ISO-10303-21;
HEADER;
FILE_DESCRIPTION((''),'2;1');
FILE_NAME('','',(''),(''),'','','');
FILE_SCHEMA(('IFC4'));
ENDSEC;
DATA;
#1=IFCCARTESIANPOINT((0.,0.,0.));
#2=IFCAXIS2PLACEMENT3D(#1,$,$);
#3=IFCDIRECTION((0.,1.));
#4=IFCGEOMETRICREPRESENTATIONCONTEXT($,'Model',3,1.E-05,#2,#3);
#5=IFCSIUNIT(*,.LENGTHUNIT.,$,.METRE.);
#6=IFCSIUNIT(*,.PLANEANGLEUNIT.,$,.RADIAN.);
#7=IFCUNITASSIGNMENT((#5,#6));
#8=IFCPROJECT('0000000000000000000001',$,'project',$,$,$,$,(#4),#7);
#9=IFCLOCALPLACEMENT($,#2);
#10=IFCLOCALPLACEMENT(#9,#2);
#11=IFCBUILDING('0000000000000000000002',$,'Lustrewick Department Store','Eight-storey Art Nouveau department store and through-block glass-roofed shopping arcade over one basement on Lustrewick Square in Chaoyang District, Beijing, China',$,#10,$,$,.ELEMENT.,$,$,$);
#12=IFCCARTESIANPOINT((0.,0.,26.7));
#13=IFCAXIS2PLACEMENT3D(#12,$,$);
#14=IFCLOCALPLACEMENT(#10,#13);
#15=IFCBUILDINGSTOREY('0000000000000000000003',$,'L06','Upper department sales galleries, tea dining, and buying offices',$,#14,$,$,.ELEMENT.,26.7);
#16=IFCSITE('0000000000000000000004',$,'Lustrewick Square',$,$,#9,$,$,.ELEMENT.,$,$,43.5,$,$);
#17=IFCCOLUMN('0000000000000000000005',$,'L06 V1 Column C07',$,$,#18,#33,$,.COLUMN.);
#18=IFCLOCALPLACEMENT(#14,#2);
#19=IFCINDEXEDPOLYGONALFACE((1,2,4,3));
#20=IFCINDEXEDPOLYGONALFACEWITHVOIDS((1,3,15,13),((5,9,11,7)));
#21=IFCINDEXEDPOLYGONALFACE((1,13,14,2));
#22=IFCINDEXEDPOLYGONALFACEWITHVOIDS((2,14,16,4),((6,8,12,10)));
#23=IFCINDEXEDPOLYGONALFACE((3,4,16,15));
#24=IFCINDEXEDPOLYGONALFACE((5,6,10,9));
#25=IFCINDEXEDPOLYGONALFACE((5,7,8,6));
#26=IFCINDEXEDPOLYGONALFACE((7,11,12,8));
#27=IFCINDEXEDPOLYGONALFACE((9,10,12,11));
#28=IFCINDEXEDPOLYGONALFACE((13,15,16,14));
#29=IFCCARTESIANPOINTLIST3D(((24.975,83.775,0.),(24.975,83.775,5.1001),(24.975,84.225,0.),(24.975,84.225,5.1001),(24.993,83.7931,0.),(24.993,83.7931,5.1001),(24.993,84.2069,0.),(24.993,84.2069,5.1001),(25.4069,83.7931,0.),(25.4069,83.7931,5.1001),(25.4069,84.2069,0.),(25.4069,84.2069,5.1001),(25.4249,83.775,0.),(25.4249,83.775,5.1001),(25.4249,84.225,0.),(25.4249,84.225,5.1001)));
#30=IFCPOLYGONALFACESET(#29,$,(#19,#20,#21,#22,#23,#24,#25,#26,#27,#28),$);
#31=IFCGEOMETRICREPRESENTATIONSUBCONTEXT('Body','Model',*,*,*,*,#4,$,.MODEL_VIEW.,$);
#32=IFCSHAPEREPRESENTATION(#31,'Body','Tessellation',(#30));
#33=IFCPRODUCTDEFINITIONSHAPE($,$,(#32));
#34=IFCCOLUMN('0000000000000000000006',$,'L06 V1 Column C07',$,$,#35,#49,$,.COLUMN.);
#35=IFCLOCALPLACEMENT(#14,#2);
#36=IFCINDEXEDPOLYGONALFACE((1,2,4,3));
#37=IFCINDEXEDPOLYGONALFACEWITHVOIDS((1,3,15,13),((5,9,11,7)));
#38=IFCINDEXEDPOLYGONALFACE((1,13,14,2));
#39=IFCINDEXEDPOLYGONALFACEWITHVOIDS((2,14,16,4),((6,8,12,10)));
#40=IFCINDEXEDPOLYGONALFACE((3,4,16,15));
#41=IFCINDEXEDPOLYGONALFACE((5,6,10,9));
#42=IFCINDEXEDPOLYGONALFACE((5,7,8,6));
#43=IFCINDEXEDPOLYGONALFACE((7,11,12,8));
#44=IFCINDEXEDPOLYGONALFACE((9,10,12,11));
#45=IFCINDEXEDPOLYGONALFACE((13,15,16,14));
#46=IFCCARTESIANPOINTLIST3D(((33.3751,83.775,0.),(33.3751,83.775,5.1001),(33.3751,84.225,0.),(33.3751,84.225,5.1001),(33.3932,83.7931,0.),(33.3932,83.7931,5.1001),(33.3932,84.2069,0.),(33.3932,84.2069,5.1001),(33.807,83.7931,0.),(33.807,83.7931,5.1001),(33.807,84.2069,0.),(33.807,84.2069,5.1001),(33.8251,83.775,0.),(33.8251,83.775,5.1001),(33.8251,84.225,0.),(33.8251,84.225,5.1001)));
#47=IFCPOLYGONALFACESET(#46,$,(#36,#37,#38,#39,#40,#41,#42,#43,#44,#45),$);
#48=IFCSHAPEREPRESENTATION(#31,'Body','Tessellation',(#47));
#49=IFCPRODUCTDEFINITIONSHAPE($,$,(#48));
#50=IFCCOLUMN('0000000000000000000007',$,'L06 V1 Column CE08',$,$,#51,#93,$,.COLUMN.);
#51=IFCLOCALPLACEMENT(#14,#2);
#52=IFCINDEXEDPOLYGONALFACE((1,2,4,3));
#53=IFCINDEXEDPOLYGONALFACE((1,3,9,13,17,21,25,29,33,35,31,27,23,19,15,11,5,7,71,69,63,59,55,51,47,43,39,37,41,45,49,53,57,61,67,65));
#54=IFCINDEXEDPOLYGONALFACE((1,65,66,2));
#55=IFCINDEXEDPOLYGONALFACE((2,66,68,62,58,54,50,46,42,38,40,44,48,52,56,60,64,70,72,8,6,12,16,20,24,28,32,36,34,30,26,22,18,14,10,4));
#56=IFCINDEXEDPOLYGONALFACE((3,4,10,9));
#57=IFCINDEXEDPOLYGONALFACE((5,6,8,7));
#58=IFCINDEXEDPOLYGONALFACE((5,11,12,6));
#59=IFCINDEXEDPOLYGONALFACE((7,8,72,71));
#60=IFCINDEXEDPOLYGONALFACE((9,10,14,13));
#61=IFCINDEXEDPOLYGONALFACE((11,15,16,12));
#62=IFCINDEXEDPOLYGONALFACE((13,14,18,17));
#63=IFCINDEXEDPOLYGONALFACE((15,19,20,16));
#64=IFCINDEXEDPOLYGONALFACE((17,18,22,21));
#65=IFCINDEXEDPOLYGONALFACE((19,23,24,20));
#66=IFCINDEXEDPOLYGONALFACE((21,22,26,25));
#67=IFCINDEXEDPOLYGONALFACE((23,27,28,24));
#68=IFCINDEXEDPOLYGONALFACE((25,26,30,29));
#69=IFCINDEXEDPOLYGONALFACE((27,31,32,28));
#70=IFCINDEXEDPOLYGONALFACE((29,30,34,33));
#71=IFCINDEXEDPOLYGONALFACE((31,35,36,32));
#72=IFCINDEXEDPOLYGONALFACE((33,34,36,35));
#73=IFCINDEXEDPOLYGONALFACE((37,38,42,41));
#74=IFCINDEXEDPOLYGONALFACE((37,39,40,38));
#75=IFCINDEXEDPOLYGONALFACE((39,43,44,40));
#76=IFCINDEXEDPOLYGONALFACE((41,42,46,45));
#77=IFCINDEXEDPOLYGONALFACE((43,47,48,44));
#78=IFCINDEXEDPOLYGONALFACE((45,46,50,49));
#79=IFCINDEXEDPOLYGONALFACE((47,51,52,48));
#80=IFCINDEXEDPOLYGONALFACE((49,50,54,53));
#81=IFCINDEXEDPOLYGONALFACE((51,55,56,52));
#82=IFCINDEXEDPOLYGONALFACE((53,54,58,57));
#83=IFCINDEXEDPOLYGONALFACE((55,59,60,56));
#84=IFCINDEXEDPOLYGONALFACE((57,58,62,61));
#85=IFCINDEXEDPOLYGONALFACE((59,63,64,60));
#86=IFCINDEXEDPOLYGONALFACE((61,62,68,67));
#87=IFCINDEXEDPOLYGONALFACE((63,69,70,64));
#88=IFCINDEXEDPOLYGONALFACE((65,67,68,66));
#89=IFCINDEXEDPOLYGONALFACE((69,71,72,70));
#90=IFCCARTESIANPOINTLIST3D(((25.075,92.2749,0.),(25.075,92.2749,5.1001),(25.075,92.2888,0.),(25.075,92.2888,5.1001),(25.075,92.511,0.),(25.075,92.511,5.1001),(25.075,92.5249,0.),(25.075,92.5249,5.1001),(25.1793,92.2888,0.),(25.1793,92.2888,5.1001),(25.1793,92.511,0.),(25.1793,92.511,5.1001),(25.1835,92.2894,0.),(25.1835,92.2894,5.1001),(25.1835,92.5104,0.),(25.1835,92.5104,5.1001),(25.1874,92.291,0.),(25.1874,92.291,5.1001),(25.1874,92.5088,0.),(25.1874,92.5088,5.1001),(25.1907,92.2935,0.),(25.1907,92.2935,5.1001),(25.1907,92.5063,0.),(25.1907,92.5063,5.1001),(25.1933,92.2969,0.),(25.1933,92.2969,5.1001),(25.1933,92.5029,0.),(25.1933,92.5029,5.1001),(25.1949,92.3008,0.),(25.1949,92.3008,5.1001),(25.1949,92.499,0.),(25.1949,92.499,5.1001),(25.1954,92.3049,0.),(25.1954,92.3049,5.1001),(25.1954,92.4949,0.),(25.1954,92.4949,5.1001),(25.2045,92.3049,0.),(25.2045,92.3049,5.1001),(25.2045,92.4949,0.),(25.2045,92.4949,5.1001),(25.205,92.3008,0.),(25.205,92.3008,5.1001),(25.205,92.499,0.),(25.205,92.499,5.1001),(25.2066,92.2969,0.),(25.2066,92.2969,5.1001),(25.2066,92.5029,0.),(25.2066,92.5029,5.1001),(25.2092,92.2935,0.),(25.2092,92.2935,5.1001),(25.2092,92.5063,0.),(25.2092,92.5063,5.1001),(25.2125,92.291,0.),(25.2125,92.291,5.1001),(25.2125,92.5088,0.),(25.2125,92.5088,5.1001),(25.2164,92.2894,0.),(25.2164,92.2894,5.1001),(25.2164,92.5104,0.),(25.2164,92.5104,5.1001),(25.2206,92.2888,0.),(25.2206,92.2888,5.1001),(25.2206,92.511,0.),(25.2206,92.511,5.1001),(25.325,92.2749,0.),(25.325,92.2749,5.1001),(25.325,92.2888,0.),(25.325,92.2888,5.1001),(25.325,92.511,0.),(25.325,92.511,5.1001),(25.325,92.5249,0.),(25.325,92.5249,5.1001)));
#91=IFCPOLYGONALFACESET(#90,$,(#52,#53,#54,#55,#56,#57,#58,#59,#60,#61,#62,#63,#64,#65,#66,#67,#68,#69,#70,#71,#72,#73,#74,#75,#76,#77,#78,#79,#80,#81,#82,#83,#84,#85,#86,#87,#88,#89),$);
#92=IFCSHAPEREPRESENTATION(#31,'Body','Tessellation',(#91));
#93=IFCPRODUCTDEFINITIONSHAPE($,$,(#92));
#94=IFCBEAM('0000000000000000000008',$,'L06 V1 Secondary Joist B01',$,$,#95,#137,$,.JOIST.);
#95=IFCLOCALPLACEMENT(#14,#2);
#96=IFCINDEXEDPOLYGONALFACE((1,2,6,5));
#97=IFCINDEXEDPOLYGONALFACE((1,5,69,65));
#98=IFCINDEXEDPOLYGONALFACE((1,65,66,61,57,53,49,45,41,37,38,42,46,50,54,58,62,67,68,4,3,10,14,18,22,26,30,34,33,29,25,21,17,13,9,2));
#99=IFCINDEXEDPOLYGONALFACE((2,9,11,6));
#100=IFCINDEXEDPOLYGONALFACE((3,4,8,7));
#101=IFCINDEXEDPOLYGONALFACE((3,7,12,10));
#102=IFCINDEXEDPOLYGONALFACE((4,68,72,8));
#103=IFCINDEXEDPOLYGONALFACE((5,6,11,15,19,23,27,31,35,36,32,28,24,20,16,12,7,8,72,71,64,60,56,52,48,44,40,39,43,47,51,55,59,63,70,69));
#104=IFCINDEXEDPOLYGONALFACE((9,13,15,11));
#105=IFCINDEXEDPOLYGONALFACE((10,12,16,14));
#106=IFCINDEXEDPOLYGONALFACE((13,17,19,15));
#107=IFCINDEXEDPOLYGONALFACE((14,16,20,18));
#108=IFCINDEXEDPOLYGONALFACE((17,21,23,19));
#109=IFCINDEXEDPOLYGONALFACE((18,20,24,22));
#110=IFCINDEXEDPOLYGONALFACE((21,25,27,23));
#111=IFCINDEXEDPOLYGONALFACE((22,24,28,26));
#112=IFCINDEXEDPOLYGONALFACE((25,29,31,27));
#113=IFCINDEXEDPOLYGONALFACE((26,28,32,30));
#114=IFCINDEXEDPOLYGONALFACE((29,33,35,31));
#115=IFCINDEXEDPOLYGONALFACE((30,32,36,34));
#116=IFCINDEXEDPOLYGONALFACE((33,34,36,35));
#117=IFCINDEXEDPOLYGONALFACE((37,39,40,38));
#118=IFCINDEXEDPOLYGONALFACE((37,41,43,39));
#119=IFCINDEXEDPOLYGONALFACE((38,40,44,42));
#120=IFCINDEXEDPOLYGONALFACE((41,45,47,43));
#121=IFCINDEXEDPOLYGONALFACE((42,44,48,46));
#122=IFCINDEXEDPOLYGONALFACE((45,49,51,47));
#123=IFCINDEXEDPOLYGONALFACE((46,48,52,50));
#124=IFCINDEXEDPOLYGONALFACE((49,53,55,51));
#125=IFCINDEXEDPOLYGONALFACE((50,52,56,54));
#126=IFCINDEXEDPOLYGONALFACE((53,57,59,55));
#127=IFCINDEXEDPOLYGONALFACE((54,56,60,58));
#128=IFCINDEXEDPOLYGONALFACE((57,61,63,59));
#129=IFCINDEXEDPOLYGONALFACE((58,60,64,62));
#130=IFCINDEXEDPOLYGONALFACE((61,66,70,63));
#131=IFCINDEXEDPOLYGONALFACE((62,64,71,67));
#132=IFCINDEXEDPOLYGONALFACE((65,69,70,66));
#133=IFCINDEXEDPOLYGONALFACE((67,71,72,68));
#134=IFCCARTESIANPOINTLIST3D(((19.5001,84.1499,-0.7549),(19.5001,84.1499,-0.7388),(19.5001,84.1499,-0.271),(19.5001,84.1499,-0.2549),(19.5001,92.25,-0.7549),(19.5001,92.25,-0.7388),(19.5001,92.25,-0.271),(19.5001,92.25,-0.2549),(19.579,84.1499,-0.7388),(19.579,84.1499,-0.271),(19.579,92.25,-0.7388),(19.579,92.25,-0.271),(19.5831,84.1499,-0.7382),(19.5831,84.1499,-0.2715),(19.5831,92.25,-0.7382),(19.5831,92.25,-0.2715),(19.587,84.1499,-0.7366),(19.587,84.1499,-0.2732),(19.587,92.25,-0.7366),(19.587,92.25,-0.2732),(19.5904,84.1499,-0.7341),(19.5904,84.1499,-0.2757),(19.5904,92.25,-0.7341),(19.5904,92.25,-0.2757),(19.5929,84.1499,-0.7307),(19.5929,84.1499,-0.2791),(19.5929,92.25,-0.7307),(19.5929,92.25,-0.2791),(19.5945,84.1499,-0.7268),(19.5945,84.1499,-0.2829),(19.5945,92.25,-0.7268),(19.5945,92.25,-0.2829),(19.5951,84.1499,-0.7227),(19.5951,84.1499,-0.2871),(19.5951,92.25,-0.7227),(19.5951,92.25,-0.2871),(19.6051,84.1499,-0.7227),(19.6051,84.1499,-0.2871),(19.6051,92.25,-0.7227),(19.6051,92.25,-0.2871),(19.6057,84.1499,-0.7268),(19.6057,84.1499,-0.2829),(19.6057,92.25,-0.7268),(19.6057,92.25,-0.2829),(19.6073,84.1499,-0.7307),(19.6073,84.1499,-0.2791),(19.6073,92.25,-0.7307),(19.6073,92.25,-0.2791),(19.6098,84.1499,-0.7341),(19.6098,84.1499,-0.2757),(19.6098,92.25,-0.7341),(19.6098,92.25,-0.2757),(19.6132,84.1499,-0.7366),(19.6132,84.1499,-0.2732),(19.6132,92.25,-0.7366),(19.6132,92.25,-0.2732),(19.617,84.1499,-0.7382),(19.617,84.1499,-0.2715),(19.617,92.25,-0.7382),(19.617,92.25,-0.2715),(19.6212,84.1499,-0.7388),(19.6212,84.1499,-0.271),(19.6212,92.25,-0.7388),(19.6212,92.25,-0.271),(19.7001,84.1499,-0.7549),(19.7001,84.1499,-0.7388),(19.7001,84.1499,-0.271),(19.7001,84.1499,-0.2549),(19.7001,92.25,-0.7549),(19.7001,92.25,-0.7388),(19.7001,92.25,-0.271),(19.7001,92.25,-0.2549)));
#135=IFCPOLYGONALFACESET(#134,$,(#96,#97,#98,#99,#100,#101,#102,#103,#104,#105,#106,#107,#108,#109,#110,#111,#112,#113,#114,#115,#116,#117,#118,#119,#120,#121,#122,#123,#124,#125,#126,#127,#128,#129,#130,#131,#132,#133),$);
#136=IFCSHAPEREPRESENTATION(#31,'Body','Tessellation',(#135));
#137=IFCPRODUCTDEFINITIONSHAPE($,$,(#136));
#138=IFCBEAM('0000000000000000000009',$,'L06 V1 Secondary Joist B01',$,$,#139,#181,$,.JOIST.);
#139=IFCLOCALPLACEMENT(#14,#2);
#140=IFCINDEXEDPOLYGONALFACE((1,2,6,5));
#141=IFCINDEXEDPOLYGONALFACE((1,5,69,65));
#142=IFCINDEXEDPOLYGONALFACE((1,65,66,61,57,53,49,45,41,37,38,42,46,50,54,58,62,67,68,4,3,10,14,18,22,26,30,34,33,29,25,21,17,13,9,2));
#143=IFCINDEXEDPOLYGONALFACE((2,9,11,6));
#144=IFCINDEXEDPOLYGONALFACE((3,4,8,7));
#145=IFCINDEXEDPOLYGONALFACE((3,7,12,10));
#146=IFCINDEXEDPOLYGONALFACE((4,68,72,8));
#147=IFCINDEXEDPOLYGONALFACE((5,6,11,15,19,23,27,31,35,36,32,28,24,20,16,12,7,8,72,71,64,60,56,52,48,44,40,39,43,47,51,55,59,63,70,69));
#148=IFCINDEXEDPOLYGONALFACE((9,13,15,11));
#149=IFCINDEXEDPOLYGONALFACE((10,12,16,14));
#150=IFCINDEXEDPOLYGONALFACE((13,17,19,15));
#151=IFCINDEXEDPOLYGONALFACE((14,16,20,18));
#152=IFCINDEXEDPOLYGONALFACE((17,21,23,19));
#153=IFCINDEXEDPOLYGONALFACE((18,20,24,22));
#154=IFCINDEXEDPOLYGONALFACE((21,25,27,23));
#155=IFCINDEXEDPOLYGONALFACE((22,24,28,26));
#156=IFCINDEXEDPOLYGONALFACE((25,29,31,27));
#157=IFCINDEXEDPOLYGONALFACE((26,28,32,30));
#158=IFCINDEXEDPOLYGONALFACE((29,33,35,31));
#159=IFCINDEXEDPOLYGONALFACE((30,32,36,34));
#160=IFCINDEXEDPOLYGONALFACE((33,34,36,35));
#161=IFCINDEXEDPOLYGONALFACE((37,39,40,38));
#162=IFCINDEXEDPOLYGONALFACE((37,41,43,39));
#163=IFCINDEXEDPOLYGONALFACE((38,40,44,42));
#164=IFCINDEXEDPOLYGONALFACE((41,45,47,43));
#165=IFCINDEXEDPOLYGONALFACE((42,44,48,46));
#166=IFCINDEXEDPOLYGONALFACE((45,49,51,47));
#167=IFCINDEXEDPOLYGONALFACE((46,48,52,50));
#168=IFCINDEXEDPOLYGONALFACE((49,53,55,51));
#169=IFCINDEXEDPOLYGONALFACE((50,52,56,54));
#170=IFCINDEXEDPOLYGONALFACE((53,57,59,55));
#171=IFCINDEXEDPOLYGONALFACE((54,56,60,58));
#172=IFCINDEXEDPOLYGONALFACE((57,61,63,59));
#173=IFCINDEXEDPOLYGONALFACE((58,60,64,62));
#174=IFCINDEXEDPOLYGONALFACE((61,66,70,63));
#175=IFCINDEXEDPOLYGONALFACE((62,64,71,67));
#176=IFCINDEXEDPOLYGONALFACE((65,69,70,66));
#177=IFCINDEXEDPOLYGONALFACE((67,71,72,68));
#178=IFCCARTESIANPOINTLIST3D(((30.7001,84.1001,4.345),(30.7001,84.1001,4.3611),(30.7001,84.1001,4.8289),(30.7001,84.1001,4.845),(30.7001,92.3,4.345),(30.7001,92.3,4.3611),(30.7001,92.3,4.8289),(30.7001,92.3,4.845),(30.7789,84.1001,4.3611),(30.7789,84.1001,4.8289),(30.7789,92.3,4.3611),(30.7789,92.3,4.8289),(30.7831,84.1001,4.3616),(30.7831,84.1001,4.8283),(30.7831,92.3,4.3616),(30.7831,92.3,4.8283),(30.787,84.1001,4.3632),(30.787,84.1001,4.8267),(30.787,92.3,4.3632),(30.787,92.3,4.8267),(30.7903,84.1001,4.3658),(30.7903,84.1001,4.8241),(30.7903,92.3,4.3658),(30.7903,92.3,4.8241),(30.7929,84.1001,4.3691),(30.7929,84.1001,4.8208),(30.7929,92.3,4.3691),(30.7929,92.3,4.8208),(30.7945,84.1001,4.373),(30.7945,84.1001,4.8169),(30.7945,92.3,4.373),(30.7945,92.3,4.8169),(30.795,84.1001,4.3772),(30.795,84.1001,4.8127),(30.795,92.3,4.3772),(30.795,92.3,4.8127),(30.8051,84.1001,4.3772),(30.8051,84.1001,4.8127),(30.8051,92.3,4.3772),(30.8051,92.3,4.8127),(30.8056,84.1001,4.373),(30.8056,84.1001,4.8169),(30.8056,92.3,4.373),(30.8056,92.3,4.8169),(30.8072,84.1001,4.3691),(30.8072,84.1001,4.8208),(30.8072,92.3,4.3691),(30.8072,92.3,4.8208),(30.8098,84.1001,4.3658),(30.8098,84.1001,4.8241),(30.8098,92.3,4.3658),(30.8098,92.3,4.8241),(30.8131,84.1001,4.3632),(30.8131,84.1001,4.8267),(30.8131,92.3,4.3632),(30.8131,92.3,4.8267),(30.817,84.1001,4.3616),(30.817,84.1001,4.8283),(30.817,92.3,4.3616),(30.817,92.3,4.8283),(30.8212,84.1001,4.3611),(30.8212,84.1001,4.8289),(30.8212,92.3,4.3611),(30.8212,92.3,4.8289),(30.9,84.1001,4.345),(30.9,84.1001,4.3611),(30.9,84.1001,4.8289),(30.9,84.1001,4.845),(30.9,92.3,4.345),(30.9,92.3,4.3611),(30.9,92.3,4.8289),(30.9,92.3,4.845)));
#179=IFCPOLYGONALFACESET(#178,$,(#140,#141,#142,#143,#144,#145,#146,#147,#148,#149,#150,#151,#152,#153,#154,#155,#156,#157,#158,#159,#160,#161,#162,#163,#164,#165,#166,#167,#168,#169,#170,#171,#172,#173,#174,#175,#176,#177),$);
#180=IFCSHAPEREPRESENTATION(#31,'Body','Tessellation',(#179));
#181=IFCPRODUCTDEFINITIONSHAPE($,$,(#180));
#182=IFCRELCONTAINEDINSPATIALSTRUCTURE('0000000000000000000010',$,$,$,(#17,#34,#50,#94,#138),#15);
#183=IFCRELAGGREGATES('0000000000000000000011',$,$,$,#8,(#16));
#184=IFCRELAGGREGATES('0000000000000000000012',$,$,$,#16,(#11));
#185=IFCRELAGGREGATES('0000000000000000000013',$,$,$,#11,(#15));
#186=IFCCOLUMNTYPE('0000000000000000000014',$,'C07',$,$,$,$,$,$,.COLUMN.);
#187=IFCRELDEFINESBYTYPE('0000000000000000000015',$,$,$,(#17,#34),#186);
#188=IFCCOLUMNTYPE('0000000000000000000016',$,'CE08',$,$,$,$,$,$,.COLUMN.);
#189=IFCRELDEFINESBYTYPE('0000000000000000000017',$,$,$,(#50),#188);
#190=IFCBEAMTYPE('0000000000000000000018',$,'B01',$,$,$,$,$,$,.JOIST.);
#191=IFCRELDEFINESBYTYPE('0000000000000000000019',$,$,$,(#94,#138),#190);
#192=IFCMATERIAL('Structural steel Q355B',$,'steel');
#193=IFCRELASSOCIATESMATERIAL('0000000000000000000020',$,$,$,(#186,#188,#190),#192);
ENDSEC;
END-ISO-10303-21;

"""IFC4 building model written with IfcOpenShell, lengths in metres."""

from ifc_helpers import new_model, si_unit, direction, frame, origin, origin_2d, place, context, subcontext, project, spatial, hollow_rectangle, i_section, extrude, material, material_profile, profile_set, type_object, element, save


model = new_model("IFC4")

# Units and contexts
model_context = context("Model", 3, precision=1e-05, world=origin(), true_north=direction((0.0, 1.0)))
body_context = subcontext(model_context, "Body", "Model", "MODEL_VIEW")
ifc_project = project(units=[si_unit("LENGTHUNIT", "METRE"), si_unit("PLANEANGLEUNIT", "RADIAN")], contexts=[model_context])

# Site, building, storey
site_placement = place(None, origin())
site = spatial("IfcSite", under=ifc_project, at=site_placement, Name="Lustrewick Square", CompositionType="ELEMENT", RefElevation=43.5)
building_placement = place(site_placement, origin())
building = spatial("IfcBuilding", under=site, at=building_placement, Name="Lustrewick Department Store", Description="Eight-storey Art Nouveau department store and through-block glass-roofed shopping arcade over one basement on Lustrewick Square in Chaoyang District, Beijing, China", CompositionType="ELEMENT")
storey_placement = place(building_placement, frame((0.0, 0.0, 26.7)))
storey = spatial("IfcBuildingStorey", under=building, at=storey_placement, Name="L06", Description="Upper department sales galleries, tea dining, and buying offices", CompositionType="ELEMENT", Elevation=26.7)

# Columns
ifc_material_1 = material(Name="Structural steel Q355B", Category="steel")
ifc_material_profile_1 = material_profile(ifc_material_1, hollow_rectangle(XDim=0.45, YDim=0.45, WallThickness=0.0181, at=origin_2d()), Name="BOX 450x450x18")
ifc_profile_set_1 = profile_set([ifc_material_profile_1], Name="Structural steel Q355B")
column_type_1 = type_object("IfcColumnType", Name="C07", PredefinedType="COLUMN", material=ifc_profile_set_1)
for number, where, z_axis, x_axis, name in (
    (1, (25.2, 84.0, 0.0), (0.0, 0.0, 1.0), (1.0, 0.0, 0.0), "L06 V1 Column C07"),
    (2, (33.6001, 84.0, 0.0), (0.0, 0.0, 1.0), (1.0, 0.0, 0.0), "L06 V1 Column C07"),
):
    element("IfcColumn", number, at=place(storey_placement, frame(where, z_axis=z_axis, x_axis=x_axis)), inside=storey, type_object=column_type_1, Name=name, PredefinedType="COLUMN", context=body_context, shape_type="SweptSolid", body=[
        extrude(hollow_rectangle(XDim=0.45, YDim=0.45, WallThickness=0.0181, at=origin_2d()), origin(), (0.0, 0.0, 1.0), 5.1001),
    ])
ifc_material_profile_2 = material_profile(ifc_material_1, i_section(OverallWidth=0.25, OverallDepth=0.25, WebThickness=0.009, FlangeThickness=0.0139, FilletRadius=0.0161, at=origin_2d()), Name="HW 250x250x9x14")
ifc_profile_set_2 = profile_set([ifc_material_profile_2], Name="Structural steel Q355B")
column_type_2 = type_object("IfcColumnType", Name="CE08", PredefinedType="COLUMN", material=ifc_profile_set_2)
column_placement = place(storey_placement, frame((25.2, 92.3999, 0.0), z_axis=(0.0, 0.0, 1.0), x_axis=(1.0, 0.0, 0.0)))
element("IfcColumn", 3, at=column_placement, inside=storey, type_object=column_type_2, Name="L06 V1 Column CE08", PredefinedType="COLUMN", context=body_context, shape_type="SweptSolid", body=[
    extrude(i_section(OverallWidth=0.25, OverallDepth=0.25, WebThickness=0.009, FlangeThickness=0.0139, FilletRadius=0.0161, at=origin_2d()), origin(), (0.0, 0.0, 1.0), 5.1001),
])

# Beams
ifc_material_profile_3 = material_profile(ifc_material_1, i_section(OverallWidth=0.2, OverallDepth=0.5, WebThickness=0.01, FlangeThickness=0.0161, FilletRadius=0.0161, at=origin_2d()), Name="HN 500x200x10x16")
ifc_profile_set_3 = profile_set([ifc_material_profile_3], Name="Structural steel Q355B")
beam_type_1 = type_object("IfcBeamType", Name="B01", PredefinedType="JOIST", material=ifc_profile_set_3)
beam_1_placement = place(storey_placement, frame((19.6001, 84.1499, -0.5049), z_axis=(0.0, 1.0, 0.0), x_axis=(-1.0, 0.0, 0.0)))
element("IfcBeam", 4, at=beam_1_placement, inside=storey, type_object=beam_type_1, Name="L06 V1 Secondary Joist B01", PredefinedType="JOIST", context=body_context, shape_type="SweptSolid", body=[
    extrude(i_section(OverallWidth=0.2, OverallDepth=0.5, WebThickness=0.01, FlangeThickness=0.0161, FilletRadius=0.0161, at=origin_2d()), origin(), (0.0, 0.0, 1.0), 8.1001),
])
beam_2_placement = place(storey_placement, frame((30.8, 84.1001, 4.595), z_axis=(0.0, 1.0, 0.0), x_axis=(-1.0, 0.0, 0.0)))
element("IfcBeam", 5, at=beam_2_placement, inside=storey, type_object=beam_type_1, Name="L06 V1 Secondary Joist B01", PredefinedType="JOIST", context=body_context, shape_type="SweptSolid", body=[
    extrude(i_section(OverallWidth=0.2, OverallDepth=0.5, WebThickness=0.01, FlangeThickness=0.0161, FilletRadius=0.0161, at=origin_2d()), origin(), (0.0, 0.0, 1.0), 8.2),
])

save(model, "model.ifc")
